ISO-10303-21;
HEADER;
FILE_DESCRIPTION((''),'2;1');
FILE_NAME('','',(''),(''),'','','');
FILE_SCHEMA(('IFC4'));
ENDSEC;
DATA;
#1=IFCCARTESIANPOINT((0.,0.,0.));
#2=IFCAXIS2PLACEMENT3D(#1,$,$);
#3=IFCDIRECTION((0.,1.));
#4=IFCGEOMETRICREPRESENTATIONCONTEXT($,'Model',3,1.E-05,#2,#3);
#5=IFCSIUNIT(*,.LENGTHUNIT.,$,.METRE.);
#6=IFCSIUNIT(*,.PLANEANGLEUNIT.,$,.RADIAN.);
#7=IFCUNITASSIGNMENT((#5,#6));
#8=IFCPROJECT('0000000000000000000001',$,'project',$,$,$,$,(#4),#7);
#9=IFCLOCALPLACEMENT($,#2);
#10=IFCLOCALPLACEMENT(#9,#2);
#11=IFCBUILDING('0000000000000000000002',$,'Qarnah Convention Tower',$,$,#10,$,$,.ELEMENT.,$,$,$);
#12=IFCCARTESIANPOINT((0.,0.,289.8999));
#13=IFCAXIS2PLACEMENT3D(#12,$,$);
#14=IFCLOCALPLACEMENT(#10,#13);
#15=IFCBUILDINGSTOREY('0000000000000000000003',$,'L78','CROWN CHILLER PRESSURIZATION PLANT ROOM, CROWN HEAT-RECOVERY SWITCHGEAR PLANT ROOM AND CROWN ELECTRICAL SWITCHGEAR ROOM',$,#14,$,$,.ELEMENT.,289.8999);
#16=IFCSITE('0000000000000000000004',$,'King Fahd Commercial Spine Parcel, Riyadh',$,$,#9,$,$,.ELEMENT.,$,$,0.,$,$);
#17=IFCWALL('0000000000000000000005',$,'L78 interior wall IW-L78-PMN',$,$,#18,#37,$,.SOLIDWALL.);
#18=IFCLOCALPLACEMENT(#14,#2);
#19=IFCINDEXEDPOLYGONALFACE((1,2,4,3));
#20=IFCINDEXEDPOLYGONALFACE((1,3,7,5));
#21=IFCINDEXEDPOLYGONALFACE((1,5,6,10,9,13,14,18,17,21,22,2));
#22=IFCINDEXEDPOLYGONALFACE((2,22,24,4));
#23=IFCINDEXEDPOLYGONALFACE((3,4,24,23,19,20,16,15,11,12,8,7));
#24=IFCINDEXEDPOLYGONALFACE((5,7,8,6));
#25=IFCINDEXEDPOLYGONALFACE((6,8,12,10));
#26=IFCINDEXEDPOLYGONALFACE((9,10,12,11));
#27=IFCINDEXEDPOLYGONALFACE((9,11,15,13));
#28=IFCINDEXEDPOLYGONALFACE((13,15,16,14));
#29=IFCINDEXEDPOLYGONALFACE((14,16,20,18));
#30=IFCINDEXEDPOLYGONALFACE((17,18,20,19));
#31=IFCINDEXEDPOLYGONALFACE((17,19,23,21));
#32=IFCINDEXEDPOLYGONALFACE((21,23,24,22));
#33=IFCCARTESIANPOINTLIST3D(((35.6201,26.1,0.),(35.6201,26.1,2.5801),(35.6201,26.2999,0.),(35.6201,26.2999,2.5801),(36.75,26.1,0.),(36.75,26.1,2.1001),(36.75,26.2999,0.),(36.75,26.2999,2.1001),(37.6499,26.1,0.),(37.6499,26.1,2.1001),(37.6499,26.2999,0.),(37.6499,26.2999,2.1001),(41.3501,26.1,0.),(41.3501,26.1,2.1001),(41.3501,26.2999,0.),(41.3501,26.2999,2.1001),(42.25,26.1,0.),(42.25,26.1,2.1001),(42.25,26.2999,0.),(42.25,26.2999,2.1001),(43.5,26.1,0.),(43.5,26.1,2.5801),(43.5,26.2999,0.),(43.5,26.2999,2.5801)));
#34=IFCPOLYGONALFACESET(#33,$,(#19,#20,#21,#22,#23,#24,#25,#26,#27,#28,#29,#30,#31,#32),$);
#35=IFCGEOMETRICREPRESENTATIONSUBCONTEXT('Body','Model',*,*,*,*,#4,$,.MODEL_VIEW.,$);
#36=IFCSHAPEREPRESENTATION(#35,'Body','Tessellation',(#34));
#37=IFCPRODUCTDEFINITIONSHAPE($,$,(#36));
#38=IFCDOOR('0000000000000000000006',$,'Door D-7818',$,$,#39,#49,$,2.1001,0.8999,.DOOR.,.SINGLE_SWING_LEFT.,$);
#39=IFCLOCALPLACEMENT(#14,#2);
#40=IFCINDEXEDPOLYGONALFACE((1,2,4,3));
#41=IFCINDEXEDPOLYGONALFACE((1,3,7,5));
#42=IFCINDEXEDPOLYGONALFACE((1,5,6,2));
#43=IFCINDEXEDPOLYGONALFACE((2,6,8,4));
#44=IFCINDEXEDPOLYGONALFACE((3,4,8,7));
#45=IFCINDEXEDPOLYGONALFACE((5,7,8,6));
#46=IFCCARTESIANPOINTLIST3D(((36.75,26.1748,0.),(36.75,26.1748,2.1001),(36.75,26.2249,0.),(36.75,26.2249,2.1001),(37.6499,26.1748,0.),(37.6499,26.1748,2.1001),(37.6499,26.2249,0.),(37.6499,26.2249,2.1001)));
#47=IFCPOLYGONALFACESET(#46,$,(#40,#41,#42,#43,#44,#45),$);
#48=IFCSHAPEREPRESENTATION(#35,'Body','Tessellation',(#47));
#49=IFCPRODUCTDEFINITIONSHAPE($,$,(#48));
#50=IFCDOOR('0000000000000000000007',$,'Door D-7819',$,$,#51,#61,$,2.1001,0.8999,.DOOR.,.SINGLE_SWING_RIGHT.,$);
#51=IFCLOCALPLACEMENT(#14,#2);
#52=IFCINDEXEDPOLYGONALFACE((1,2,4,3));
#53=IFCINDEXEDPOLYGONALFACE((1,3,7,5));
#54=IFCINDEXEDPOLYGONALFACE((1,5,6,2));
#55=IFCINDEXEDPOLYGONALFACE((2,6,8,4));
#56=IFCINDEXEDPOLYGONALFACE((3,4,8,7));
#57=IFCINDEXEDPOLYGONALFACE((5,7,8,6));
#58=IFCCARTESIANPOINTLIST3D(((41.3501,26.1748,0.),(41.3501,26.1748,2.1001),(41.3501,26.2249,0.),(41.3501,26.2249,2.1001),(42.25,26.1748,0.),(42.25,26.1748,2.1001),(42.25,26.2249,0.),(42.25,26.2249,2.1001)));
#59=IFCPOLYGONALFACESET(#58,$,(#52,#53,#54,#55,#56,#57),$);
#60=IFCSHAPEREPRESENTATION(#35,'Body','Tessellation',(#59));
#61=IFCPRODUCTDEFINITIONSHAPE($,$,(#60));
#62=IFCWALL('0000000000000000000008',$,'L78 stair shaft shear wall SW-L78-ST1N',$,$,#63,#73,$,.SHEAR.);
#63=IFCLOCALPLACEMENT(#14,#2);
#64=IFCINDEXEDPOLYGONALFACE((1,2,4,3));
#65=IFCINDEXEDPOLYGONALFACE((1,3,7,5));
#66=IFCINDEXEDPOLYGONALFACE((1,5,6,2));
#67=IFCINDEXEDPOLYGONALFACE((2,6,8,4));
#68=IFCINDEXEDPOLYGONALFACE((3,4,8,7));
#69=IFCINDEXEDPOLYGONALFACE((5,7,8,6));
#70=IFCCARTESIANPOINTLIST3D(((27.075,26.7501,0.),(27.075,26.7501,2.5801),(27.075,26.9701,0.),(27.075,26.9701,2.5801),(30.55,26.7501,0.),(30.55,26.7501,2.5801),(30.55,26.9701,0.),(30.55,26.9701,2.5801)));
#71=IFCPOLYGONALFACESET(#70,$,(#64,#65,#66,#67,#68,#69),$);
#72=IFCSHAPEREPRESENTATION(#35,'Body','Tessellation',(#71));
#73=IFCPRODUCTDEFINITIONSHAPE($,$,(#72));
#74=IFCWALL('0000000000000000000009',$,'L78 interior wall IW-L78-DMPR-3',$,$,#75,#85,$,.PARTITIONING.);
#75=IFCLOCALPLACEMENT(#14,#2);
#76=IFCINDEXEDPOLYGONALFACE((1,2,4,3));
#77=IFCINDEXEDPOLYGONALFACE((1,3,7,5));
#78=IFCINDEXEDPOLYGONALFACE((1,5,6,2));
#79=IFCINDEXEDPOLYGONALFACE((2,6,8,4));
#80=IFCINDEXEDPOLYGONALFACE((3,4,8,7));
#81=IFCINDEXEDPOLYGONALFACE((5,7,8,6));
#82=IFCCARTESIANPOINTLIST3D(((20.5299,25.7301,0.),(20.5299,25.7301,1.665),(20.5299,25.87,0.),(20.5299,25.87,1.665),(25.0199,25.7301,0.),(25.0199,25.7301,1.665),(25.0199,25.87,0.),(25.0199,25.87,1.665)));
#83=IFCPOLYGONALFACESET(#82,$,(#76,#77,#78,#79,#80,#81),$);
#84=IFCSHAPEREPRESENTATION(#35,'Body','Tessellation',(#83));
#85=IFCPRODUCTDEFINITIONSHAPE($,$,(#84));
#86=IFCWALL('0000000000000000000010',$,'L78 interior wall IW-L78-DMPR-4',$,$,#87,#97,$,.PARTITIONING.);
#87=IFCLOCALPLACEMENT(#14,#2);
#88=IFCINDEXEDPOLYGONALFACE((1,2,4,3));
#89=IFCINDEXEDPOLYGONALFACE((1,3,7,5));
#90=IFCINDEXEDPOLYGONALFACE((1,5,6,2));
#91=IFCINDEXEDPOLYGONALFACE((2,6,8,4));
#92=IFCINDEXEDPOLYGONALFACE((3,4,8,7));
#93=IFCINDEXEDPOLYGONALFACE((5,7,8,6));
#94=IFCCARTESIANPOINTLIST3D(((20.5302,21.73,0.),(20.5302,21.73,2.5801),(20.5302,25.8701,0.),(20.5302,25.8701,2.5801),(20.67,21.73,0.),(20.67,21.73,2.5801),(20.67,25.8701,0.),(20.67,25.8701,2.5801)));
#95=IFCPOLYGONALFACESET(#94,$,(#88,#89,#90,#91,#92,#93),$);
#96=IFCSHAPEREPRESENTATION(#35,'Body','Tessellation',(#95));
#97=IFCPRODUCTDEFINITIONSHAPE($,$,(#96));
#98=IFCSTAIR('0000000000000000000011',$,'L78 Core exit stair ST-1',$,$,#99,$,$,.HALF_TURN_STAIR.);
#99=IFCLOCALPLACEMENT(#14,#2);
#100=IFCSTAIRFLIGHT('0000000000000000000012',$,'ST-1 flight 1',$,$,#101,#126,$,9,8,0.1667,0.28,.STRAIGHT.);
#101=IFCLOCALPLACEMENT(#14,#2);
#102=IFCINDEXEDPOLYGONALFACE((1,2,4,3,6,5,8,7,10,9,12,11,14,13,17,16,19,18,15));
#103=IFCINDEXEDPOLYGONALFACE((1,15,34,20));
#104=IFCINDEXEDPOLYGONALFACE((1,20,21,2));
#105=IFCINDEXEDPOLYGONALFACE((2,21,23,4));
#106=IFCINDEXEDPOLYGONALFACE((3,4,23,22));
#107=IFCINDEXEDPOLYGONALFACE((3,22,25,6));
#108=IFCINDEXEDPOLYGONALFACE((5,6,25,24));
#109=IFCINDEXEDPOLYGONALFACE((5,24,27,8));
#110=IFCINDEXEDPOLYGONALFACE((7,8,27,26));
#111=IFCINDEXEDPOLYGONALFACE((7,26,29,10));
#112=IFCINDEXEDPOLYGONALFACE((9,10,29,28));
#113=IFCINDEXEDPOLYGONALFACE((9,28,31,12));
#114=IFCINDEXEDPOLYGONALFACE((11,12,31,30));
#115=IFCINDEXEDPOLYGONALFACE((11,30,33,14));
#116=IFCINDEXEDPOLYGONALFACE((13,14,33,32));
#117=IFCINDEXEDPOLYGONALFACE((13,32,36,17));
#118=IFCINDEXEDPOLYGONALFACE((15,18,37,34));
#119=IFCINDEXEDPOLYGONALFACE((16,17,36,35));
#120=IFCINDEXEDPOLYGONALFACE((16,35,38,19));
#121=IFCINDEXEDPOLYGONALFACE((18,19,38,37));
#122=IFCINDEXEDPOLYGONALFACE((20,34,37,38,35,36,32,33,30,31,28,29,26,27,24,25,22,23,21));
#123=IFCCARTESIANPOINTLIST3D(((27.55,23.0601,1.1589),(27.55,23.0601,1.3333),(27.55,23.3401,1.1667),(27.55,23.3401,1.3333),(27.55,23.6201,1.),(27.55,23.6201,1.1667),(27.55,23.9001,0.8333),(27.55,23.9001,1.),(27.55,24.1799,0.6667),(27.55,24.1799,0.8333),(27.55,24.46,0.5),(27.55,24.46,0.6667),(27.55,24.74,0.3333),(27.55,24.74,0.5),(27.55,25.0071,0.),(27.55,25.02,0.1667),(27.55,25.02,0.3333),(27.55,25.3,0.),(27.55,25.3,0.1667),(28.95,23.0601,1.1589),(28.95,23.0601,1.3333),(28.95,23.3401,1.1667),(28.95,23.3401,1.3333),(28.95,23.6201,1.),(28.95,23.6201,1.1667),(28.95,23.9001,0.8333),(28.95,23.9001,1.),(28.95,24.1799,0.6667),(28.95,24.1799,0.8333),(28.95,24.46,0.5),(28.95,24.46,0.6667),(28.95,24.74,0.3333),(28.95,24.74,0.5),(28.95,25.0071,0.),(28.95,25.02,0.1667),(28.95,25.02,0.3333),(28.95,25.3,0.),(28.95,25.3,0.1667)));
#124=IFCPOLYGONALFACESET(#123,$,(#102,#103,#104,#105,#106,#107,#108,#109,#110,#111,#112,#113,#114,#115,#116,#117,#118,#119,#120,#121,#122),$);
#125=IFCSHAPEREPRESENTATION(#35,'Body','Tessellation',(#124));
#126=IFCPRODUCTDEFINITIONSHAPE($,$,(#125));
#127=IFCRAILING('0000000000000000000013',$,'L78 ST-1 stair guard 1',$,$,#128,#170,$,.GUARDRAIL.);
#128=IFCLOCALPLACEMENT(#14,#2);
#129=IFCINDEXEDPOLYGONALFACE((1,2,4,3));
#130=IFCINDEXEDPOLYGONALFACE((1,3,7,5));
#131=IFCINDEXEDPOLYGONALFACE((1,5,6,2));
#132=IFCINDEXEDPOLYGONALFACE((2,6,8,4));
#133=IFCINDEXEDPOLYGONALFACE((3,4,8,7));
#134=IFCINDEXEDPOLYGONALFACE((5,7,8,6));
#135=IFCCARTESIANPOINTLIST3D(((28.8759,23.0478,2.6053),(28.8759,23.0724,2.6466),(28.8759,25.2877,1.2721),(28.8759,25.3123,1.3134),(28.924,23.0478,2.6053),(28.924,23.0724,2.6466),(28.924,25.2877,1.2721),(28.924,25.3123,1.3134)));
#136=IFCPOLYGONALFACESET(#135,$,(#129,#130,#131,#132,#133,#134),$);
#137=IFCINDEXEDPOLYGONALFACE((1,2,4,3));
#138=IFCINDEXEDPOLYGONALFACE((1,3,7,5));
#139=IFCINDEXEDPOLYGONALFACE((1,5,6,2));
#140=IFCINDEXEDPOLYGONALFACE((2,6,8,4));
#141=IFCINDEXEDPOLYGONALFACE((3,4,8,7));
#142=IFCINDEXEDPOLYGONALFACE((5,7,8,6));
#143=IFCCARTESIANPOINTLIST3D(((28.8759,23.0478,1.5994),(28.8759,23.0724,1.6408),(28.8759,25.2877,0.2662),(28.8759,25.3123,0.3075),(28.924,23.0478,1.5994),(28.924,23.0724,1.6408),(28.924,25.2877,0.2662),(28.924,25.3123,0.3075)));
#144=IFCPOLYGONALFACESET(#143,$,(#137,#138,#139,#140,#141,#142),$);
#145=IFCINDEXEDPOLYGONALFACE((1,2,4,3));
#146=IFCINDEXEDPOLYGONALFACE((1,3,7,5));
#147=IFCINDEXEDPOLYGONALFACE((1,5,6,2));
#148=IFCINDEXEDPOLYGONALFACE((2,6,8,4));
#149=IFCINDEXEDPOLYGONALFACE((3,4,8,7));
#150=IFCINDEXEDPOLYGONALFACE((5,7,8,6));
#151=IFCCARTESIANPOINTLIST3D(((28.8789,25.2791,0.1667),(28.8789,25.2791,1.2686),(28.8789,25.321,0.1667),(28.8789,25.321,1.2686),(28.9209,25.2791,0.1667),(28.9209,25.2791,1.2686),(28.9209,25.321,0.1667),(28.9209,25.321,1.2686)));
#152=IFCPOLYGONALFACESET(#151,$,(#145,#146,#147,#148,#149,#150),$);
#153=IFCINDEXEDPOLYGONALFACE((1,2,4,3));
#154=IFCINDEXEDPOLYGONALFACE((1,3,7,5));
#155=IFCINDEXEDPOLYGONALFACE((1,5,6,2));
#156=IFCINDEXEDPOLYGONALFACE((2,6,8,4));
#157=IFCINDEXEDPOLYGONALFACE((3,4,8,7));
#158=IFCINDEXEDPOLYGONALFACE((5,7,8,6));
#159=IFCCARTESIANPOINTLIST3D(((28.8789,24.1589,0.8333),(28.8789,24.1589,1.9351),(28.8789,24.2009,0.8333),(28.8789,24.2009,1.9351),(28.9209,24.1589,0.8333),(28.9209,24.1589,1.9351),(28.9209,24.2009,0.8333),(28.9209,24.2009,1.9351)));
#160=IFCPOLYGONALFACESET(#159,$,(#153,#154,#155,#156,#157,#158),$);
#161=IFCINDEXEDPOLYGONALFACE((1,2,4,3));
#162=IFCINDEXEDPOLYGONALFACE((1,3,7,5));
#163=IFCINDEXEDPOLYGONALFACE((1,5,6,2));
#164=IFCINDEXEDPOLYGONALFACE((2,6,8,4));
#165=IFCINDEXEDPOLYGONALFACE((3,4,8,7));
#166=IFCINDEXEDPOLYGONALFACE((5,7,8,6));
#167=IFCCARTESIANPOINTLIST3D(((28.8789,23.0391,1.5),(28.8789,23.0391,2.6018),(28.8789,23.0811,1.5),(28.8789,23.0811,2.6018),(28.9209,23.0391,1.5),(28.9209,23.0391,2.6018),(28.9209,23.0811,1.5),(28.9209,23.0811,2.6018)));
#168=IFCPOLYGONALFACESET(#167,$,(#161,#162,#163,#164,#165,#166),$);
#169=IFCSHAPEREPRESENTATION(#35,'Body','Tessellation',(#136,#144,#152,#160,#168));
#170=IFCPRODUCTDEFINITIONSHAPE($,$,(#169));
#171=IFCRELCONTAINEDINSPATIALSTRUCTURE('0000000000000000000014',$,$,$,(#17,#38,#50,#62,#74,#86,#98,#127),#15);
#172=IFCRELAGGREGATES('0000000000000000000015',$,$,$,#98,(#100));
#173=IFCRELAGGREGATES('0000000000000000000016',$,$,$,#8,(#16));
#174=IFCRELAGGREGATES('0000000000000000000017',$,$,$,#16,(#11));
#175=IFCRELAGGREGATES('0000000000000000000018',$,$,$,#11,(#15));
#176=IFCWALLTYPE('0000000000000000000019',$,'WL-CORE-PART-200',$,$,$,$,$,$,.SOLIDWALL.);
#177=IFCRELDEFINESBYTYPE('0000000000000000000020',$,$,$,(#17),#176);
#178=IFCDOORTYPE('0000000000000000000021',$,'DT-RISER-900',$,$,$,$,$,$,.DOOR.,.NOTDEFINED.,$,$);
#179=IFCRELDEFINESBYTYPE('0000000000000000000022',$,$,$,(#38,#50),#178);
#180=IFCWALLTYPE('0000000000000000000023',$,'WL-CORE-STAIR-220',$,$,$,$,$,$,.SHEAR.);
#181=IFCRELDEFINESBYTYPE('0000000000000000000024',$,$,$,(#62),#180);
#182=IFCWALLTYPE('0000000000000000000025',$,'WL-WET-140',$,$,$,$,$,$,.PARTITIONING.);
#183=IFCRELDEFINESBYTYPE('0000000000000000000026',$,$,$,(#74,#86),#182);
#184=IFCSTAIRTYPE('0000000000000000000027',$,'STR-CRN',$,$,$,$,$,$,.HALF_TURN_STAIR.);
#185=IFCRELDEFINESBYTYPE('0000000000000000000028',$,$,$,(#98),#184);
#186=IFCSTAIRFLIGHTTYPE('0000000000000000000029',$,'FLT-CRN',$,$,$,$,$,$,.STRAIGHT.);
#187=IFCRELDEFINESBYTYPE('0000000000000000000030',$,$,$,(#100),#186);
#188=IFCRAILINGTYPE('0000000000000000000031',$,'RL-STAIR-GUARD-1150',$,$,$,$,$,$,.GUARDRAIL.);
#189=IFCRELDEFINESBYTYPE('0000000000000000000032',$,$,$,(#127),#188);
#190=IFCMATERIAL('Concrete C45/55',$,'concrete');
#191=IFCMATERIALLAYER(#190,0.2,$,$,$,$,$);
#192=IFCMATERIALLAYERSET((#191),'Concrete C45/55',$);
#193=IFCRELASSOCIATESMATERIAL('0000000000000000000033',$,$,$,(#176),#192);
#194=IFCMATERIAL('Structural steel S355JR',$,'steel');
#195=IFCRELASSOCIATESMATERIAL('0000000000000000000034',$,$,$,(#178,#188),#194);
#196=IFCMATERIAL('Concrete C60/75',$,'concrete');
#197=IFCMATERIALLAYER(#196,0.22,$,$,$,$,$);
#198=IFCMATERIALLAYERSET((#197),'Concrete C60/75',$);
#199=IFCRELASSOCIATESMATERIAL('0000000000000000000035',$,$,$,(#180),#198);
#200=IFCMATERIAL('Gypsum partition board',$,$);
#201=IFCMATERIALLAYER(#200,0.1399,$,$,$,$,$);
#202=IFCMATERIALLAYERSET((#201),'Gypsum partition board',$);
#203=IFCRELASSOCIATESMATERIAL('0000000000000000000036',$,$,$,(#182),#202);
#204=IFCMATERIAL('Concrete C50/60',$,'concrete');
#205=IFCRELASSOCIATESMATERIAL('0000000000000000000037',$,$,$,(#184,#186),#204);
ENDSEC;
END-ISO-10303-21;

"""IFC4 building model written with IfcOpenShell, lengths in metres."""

from ifc_helpers import new_model, si_unit, direction, frame, frame_2d, origin, origin_2d, place, context, subcontext, project, spatial, polyline, rectangle, outline, extrude, material, layer, layer_set, type_object, element, fill, aggregate, save


model = new_model("IFC4")

# Units and contexts
model_context = context("Model", 3, precision=1e-05, world=origin(), true_north=direction((0.0, 1.0)))
body_context = subcontext(model_context, "Body", "Model", "MODEL_VIEW")
ifc_project = project(units=[si_unit("LENGTHUNIT", "METRE"), si_unit("PLANEANGLEUNIT", "RADIAN")], contexts=[model_context])

# Site, building, storey
site_placement = place(None, origin())
site = spatial("IfcSite", under=ifc_project, at=site_placement, Name="King Fahd Commercial Spine Parcel, Riyadh", CompositionType="ELEMENT", RefElevation=0.0)
building_placement = place(site_placement, origin())
building = spatial("IfcBuilding", under=site, at=building_placement, Name="Qarnah Convention Tower", CompositionType="ELEMENT")
storey_placement = place(building_placement, frame((0.0, 0.0, 289.8999)))
storey = spatial("IfcBuildingStorey", under=building, at=storey_placement, Name="L78", Description="CROWN CHILLER PRESSURIZATION PLANT ROOM, CROWN HEAT-RECOVERY SWITCHGEAR PLANT ROOM AND CROWN ELECTRICAL SWITCHGEAR ROOM", CompositionType="ELEMENT", Elevation=289.8999)

# Shared definitions
ifc_material_1 = material(Name="Structural steel S355JR", Category="steel")

# Wall, openings, doors
ifc_material_2 = material(Name="Concrete C45/55", Category="concrete")
ifc_layer_1 = layer(ifc_material_2, 0.2)
ifc_layer_set_1 = layer_set([ifc_layer_1], Name="Concrete C45/55")
wall_type_1 = type_object("IfcWallType", Name="WL-CORE-PART-200", PredefinedType="SOLIDWALL", material=ifc_layer_set_1)
door_type_1 = type_object("IfcDoorType", Name="DT-RISER-900", OperationType="NOTDEFINED", PredefinedType="DOOR", material=ifc_material_1)
wall_1_placement = place(storey_placement, frame((35.6201, 26.2, 0.0), z_axis=(0.0, 0.0, 1.0), x_axis=(1.0, 0.0, 0.0)))
wall_1 = element("IfcWall", 1, at=wall_1_placement, inside=storey, type_object=wall_type_1, Name="L78 interior wall IW-L78-PMN", PredefinedType="SOLIDWALL", context=body_context, shape_type="SweptSolid", body=[
    extrude(rectangle(XDim=7.8799, YDim=0.2, at=frame_2d((3.9399, 0.0))), origin(), (0.0, 0.0, 1.0), 2.5801),
])
opening_1_placement = place(wall_1_placement, frame((1.1299, 0.0, 0.0)))
opening_1 = element("IfcOpeningElement", 2, at=opening_1_placement, cuts=wall_1, PredefinedType="OPENING", context=body_context, shape_type="SweptSolid", body=[
    extrude(rectangle(XDim=0.8999, YDim=2.1001, at=frame_2d((0.45, 1.05))), frame((0.0, 0.1099, 0.0), z_axis=(0.0, -1.0, 0.0), x_axis=(1.0, 0.0, 0.0)), (0.0, 0.0, 1.0), 0.22),
])
opening_2_placement = place(wall_1_placement, frame((5.73, 0.0, 0.0)))
opening_2 = element("IfcOpeningElement", 3, at=opening_2_placement, cuts=wall_1, PredefinedType="OPENING", context=body_context, shape_type="SweptSolid", body=[
    extrude(rectangle(XDim=0.8999, YDim=2.1001, at=frame_2d((0.45, 1.05))), frame((0.0, 0.1099, 0.0), z_axis=(0.0, -1.0, 0.0), x_axis=(1.0, 0.0, 0.0)), (0.0, 0.0, 1.0), 0.22),
])
door_1_placement = place(opening_1_placement, origin())
door_1 = element("IfcDoor", 4, at=door_1_placement, inside=storey, type_object=door_type_1, Name="Door D-7818", OperationType="SINGLE_SWING_LEFT", OverallHeight=2.1001, OverallWidth=0.8999, PredefinedType="DOOR", context=body_context, shape_type="SweptSolid", body=[
    extrude(rectangle(XDim=0.8999, YDim=2.1001, at=frame_2d((0.45, 1.05))), frame((0.0, 0.0249, 0.0), z_axis=(0.0, -1.0, 0.0), x_axis=(1.0, 0.0, 0.0)), (0.0, 0.0, 1.0), 0.05),
])
fill(opening_1, door_1)
door_2_placement = place(opening_2_placement, origin())
door_2 = element("IfcDoor", 5, at=door_2_placement, inside=storey, type_object=door_type_1, Name="Door D-7819", OperationType="SINGLE_SWING_RIGHT", OverallHeight=2.1001, OverallWidth=0.8999, PredefinedType="DOOR", context=body_context, shape_type="SweptSolid", body=[
    extrude(rectangle(XDim=0.8999, YDim=2.1001, at=frame_2d((0.45, 1.05))), frame((0.0, 0.0249, 0.0), z_axis=(0.0, -1.0, 0.0), x_axis=(1.0, 0.0, 0.0)), (0.0, 0.0, 1.0), 0.05),
])
fill(opening_2, door_2)

# Walls
ifc_material_3 = material(Name="Concrete C60/75", Category="concrete")
ifc_layer_2 = layer(ifc_material_3, 0.22)
ifc_layer_set_2 = layer_set([ifc_layer_2], Name="Concrete C60/75")
wall_type_2 = type_object("IfcWallType", Name="WL-CORE-STAIR-220", PredefinedType="SHEAR", material=ifc_layer_set_2)
wall_2_placement = place(storey_placement, frame((27.075, 26.8601, 0.0), z_axis=(0.0, 0.0, 1.0), x_axis=(1.0, 0.0, 0.0)))
element("IfcWall", 6, at=wall_2_placement, inside=storey, type_object=wall_type_2, Name="L78 stair shaft shear wall SW-L78-ST1N", PredefinedType="SHEAR", context=body_context, shape_type="SweptSolid", body=[
    extrude(rectangle(XDim=3.4751, YDim=0.22, at=frame_2d((1.7375, 0.0))), origin(), (0.0, 0.0, 1.0), 2.5801),
])
ifc_material_4 = material(Name="Gypsum partition board")
ifc_layer_3 = layer(ifc_material_4, 0.1399)
ifc_layer_set_3 = layer_set([ifc_layer_3], Name="Gypsum partition board")
wall_type_3 = type_object("IfcWallType", Name="WL-WET-140", PredefinedType="PARTITIONING", material=ifc_layer_set_3)
wall_3_placement = place(storey_placement, frame((25.02, 25.8, 0.0), z_axis=(0.0, 0.0, 1.0), x_axis=(-1.0, 0.0, 0.0)))
element("IfcWall", 7, at=wall_3_placement, inside=storey, type_object=wall_type_3, Name="L78 interior wall IW-L78-DMPR-3", PredefinedType="PARTITIONING", context=body_context, shape_type="SweptSolid", body=[
    extrude(rectangle(XDim=4.49, YDim=0.1399, at=frame_2d((2.2451, 0.0))), origin(), (0.0, 0.0, 1.0), 1.665),
])
wall_4_placement = place(storey_placement, frame((20.6001, 25.8701, 0.0), z_axis=(0.0, 0.0, 1.0), x_axis=(0.0, -1.0, 0.0)))
element("IfcWall", 8, at=wall_4_placement, inside=storey, type_object=wall_type_3, Name="L78 interior wall IW-L78-DMPR-4", PredefinedType="PARTITIONING", context=body_context, shape_type="SweptSolid", body=[
    extrude(rectangle(XDim=4.1401, YDim=0.1399, at=frame_2d((2.0701, 0.0))), origin(), (0.0, 0.0, 1.0), 2.5801),
])

# Stair, stair flight
ifc_material_5 = material(Name="Concrete C50/60", Category="concrete")
stair_type = type_object("IfcStairType", Name="STR-CRN", PredefinedType="HALF_TURN_STAIR", material=ifc_material_5)
stair_placement = place(storey_placement, origin())
stair = element("IfcStair", 9, at=stair_placement, inside=storey, type_object=stair_type, Name="L78 Core exit stair ST-1", PredefinedType="HALF_TURN_STAIR")
stair_flight_type = type_object("IfcStairFlightType", Name="FLT-CRN", PredefinedType="STRAIGHT", material=ifc_material_5)
stair_flight_placement = place(storey_placement, frame((28.25, 25.3, 0.0), z_axis=(0.0, 0.0, 1.0), x_axis=(0.0, -1.0, 0.0)))
stair_flight = element("IfcStairFlight", 10, at=stair_flight_placement, type_object=stair_flight_type, Name="ST-1 flight 1", NumberOfRisers=9, NumberOfTreads=8, PredefinedType="STRAIGHT", RiserHeight=0.1667, TreadLength=0.28, context=body_context, shape_type="SweptSolid", body=[
    extrude(outline(polyline([(0.0, 0.0), (0.0, 0.1667), (0.28, 0.1667), (0.28, 0.3333), (0.5601, 0.3333), (0.5601, 0.5), (0.8401, 0.5), (0.8401, 0.6667), (1.1201, 0.6667), (1.1201, 0.8333), (1.3999, 0.8333), (1.3999, 1.0), (1.6799, 1.0), (1.6799, 1.1667), (1.96, 1.1667), (1.96, 1.3333), (2.24, 1.3333), (2.24, 1.5), (2.24, 1.1589), (0.293, 0.0), (0.0, 0.0)])), frame((0.0, 0.7, 0.0), z_axis=(0.0, -1.0, 0.0), x_axis=(1.0, 0.0, 0.0)), (0.0, 0.0, 1.0), 1.3999),
])
aggregate(stair, [stair_flight])

# Railing
railing_type_1 = type_object("IfcRailingType", Name="RL-STAIR-GUARD-1150", PredefinedType="GUARDRAIL", material=ifc_material_1)
railing_1_placement = place(storey_placement, frame((28.8999, 25.3, 0.1667)))
element("IfcRailing", 11, at=railing_1_placement, inside=storey, type_object=railing_type_1, Name="L78 ST-1 stair guard 1", PredefinedType="GUARDRAIL", context=body_context, shape_type="SweptSolid", body=[
    extrude(rectangle(XDim=0.0481, YDim=0.0481, at=origin_2d()), frame((0.0, 0.0, 1.126), z_axis=(0.0, -0.859306, 0.511462), x_axis=(1.0, 0.0, 0.0)), (0.0, 0.0, 1.0), 2.6067),
    extrude(rectangle(XDim=0.0481, YDim=0.0481, at=origin_2d()), frame((0.0, 0.0, 0.1201), z_axis=(0.0, -0.859306, 0.511462), x_axis=(1.0, 0.0, 0.0)), (0.0, 0.0, 1.0), 2.6067),
    extrude(rectangle(XDim=0.042, YDim=0.042, at=origin_2d()), origin(), (0.0, 0.0, 1.0), 1.1018),
    extrude(rectangle(XDim=0.042, YDim=0.042, at=origin_2d()), frame((0.0, -1.1201, 0.6665)), (0.0, 0.0, 1.0), 1.1018),
    extrude(rectangle(XDim=0.042, YDim=0.042, at=origin_2d()), frame((0.0, -2.24, 1.3333)), (0.0, 0.0, 1.0), 1.1018),
])

save(model, "model.ifc")
